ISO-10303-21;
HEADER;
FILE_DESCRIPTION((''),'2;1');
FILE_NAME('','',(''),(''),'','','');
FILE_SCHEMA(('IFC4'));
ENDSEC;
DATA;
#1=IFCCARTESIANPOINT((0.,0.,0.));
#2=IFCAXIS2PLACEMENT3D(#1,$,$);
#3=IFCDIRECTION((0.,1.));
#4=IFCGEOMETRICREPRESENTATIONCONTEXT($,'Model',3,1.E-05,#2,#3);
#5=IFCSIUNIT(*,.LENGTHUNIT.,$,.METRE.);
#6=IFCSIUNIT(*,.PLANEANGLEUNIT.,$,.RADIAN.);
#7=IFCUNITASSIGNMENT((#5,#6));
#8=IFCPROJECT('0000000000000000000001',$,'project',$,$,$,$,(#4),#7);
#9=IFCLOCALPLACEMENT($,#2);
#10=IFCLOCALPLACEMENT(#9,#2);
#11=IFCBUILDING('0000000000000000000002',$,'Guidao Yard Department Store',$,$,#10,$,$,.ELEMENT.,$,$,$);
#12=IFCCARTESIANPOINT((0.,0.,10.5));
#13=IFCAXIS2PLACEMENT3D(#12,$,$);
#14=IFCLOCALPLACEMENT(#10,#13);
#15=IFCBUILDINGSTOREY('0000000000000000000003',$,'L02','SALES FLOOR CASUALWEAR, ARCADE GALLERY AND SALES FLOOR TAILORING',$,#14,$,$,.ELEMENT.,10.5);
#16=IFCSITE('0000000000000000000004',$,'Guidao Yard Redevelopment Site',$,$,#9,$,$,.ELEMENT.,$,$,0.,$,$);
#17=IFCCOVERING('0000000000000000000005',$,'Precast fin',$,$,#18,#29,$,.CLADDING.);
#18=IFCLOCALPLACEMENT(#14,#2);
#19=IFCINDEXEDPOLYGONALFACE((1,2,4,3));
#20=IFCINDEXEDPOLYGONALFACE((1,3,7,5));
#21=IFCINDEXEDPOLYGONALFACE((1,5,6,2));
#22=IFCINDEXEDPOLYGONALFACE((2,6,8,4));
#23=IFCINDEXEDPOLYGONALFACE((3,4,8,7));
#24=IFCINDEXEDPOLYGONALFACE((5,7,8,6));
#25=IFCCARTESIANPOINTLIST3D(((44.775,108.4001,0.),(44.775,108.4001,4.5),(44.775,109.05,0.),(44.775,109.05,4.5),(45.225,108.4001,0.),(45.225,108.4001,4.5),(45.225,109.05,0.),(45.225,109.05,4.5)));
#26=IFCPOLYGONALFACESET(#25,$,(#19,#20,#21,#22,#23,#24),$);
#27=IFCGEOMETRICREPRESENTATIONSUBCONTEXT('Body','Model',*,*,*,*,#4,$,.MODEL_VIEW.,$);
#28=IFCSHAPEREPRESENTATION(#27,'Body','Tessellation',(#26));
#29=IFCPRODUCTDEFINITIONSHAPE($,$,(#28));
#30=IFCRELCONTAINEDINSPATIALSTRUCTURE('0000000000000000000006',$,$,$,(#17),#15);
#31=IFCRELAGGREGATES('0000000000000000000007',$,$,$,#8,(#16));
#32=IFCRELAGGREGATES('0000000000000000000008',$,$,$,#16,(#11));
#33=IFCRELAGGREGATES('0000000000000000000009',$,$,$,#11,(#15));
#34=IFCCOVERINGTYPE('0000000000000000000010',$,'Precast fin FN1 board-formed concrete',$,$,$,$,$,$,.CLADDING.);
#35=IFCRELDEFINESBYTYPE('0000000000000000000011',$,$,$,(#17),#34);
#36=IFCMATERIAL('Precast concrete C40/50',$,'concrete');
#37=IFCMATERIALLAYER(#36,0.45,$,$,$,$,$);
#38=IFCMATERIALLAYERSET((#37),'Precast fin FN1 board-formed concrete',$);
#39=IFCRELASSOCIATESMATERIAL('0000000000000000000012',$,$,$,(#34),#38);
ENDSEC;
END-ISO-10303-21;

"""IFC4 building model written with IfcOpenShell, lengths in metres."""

from ifc_helpers import new_model, si_unit, direction, frame, origin, origin_2d, place, context, subcontext, project, spatial, rectangle, extrude, material, layer, layer_set, type_object, element, save


model = new_model("IFC4")

# Units and contexts
model_context = context("Model", 3, precision=1e-05, world=origin(), true_north=direction((0.0, 1.0)))
body_context = subcontext(model_context, "Body", "Model", "MODEL_VIEW")
ifc_project = project(units=[si_unit("LENGTHUNIT", "METRE"), si_unit("PLANEANGLEUNIT", "RADIAN")], contexts=[model_context])

# Site, building, storey
site_placement = place(None, origin())
site = spatial("IfcSite", under=ifc_project, at=site_placement, Name="Guidao Yard Redevelopment Site", CompositionType="ELEMENT", RefElevation=0.0)
building_placement = place(site_placement, origin())
building = spatial("IfcBuilding", under=site, at=building_placement, Name="Guidao Yard Department Store", CompositionType="ELEMENT")
storey_placement = place(building_placement, frame((0.0, 0.0, 10.5)))
storey = spatial("IfcBuildingStorey", under=building, at=storey_placement, Name="L02", Description="SALES FLOOR CASUALWEAR, ARCADE GALLERY AND SALES FLOOR TAILORING", CompositionType="ELEMENT", Elevation=10.5)

# Covering
ifc_material_1 = material(Name="Precast concrete C40/50", Category="concrete")
ifc_layer_1 = layer(ifc_material_1, 0.45)
ifc_layer_set_1 = layer_set([ifc_layer_1], Name="Precast fin FN1 board-formed concrete")
covering_type = type_object("IfcCoveringType", Name="Precast fin FN1 board-formed concrete", PredefinedType="CLADDING", material=ifc_layer_set_1)
covering_1_placement = place(storey_placement, frame((45.0, 108.7251, 0.0), z_axis=(0.0, 0.0, 1.0), x_axis=(1.0, 0.0, 0.0)))
element("IfcCovering", 1, at=covering_1_placement, inside=storey, type_object=covering_type, Name="Precast fin", PredefinedType="CLADDING", context=body_context, shape_type="SweptSolid", body=[
    extrude(rectangle(XDim=0.45, YDim=0.6499, at=origin_2d()), origin(), (0.0, 0.0, 1.0), 4.5),
])

save(model, "model.ifc")
